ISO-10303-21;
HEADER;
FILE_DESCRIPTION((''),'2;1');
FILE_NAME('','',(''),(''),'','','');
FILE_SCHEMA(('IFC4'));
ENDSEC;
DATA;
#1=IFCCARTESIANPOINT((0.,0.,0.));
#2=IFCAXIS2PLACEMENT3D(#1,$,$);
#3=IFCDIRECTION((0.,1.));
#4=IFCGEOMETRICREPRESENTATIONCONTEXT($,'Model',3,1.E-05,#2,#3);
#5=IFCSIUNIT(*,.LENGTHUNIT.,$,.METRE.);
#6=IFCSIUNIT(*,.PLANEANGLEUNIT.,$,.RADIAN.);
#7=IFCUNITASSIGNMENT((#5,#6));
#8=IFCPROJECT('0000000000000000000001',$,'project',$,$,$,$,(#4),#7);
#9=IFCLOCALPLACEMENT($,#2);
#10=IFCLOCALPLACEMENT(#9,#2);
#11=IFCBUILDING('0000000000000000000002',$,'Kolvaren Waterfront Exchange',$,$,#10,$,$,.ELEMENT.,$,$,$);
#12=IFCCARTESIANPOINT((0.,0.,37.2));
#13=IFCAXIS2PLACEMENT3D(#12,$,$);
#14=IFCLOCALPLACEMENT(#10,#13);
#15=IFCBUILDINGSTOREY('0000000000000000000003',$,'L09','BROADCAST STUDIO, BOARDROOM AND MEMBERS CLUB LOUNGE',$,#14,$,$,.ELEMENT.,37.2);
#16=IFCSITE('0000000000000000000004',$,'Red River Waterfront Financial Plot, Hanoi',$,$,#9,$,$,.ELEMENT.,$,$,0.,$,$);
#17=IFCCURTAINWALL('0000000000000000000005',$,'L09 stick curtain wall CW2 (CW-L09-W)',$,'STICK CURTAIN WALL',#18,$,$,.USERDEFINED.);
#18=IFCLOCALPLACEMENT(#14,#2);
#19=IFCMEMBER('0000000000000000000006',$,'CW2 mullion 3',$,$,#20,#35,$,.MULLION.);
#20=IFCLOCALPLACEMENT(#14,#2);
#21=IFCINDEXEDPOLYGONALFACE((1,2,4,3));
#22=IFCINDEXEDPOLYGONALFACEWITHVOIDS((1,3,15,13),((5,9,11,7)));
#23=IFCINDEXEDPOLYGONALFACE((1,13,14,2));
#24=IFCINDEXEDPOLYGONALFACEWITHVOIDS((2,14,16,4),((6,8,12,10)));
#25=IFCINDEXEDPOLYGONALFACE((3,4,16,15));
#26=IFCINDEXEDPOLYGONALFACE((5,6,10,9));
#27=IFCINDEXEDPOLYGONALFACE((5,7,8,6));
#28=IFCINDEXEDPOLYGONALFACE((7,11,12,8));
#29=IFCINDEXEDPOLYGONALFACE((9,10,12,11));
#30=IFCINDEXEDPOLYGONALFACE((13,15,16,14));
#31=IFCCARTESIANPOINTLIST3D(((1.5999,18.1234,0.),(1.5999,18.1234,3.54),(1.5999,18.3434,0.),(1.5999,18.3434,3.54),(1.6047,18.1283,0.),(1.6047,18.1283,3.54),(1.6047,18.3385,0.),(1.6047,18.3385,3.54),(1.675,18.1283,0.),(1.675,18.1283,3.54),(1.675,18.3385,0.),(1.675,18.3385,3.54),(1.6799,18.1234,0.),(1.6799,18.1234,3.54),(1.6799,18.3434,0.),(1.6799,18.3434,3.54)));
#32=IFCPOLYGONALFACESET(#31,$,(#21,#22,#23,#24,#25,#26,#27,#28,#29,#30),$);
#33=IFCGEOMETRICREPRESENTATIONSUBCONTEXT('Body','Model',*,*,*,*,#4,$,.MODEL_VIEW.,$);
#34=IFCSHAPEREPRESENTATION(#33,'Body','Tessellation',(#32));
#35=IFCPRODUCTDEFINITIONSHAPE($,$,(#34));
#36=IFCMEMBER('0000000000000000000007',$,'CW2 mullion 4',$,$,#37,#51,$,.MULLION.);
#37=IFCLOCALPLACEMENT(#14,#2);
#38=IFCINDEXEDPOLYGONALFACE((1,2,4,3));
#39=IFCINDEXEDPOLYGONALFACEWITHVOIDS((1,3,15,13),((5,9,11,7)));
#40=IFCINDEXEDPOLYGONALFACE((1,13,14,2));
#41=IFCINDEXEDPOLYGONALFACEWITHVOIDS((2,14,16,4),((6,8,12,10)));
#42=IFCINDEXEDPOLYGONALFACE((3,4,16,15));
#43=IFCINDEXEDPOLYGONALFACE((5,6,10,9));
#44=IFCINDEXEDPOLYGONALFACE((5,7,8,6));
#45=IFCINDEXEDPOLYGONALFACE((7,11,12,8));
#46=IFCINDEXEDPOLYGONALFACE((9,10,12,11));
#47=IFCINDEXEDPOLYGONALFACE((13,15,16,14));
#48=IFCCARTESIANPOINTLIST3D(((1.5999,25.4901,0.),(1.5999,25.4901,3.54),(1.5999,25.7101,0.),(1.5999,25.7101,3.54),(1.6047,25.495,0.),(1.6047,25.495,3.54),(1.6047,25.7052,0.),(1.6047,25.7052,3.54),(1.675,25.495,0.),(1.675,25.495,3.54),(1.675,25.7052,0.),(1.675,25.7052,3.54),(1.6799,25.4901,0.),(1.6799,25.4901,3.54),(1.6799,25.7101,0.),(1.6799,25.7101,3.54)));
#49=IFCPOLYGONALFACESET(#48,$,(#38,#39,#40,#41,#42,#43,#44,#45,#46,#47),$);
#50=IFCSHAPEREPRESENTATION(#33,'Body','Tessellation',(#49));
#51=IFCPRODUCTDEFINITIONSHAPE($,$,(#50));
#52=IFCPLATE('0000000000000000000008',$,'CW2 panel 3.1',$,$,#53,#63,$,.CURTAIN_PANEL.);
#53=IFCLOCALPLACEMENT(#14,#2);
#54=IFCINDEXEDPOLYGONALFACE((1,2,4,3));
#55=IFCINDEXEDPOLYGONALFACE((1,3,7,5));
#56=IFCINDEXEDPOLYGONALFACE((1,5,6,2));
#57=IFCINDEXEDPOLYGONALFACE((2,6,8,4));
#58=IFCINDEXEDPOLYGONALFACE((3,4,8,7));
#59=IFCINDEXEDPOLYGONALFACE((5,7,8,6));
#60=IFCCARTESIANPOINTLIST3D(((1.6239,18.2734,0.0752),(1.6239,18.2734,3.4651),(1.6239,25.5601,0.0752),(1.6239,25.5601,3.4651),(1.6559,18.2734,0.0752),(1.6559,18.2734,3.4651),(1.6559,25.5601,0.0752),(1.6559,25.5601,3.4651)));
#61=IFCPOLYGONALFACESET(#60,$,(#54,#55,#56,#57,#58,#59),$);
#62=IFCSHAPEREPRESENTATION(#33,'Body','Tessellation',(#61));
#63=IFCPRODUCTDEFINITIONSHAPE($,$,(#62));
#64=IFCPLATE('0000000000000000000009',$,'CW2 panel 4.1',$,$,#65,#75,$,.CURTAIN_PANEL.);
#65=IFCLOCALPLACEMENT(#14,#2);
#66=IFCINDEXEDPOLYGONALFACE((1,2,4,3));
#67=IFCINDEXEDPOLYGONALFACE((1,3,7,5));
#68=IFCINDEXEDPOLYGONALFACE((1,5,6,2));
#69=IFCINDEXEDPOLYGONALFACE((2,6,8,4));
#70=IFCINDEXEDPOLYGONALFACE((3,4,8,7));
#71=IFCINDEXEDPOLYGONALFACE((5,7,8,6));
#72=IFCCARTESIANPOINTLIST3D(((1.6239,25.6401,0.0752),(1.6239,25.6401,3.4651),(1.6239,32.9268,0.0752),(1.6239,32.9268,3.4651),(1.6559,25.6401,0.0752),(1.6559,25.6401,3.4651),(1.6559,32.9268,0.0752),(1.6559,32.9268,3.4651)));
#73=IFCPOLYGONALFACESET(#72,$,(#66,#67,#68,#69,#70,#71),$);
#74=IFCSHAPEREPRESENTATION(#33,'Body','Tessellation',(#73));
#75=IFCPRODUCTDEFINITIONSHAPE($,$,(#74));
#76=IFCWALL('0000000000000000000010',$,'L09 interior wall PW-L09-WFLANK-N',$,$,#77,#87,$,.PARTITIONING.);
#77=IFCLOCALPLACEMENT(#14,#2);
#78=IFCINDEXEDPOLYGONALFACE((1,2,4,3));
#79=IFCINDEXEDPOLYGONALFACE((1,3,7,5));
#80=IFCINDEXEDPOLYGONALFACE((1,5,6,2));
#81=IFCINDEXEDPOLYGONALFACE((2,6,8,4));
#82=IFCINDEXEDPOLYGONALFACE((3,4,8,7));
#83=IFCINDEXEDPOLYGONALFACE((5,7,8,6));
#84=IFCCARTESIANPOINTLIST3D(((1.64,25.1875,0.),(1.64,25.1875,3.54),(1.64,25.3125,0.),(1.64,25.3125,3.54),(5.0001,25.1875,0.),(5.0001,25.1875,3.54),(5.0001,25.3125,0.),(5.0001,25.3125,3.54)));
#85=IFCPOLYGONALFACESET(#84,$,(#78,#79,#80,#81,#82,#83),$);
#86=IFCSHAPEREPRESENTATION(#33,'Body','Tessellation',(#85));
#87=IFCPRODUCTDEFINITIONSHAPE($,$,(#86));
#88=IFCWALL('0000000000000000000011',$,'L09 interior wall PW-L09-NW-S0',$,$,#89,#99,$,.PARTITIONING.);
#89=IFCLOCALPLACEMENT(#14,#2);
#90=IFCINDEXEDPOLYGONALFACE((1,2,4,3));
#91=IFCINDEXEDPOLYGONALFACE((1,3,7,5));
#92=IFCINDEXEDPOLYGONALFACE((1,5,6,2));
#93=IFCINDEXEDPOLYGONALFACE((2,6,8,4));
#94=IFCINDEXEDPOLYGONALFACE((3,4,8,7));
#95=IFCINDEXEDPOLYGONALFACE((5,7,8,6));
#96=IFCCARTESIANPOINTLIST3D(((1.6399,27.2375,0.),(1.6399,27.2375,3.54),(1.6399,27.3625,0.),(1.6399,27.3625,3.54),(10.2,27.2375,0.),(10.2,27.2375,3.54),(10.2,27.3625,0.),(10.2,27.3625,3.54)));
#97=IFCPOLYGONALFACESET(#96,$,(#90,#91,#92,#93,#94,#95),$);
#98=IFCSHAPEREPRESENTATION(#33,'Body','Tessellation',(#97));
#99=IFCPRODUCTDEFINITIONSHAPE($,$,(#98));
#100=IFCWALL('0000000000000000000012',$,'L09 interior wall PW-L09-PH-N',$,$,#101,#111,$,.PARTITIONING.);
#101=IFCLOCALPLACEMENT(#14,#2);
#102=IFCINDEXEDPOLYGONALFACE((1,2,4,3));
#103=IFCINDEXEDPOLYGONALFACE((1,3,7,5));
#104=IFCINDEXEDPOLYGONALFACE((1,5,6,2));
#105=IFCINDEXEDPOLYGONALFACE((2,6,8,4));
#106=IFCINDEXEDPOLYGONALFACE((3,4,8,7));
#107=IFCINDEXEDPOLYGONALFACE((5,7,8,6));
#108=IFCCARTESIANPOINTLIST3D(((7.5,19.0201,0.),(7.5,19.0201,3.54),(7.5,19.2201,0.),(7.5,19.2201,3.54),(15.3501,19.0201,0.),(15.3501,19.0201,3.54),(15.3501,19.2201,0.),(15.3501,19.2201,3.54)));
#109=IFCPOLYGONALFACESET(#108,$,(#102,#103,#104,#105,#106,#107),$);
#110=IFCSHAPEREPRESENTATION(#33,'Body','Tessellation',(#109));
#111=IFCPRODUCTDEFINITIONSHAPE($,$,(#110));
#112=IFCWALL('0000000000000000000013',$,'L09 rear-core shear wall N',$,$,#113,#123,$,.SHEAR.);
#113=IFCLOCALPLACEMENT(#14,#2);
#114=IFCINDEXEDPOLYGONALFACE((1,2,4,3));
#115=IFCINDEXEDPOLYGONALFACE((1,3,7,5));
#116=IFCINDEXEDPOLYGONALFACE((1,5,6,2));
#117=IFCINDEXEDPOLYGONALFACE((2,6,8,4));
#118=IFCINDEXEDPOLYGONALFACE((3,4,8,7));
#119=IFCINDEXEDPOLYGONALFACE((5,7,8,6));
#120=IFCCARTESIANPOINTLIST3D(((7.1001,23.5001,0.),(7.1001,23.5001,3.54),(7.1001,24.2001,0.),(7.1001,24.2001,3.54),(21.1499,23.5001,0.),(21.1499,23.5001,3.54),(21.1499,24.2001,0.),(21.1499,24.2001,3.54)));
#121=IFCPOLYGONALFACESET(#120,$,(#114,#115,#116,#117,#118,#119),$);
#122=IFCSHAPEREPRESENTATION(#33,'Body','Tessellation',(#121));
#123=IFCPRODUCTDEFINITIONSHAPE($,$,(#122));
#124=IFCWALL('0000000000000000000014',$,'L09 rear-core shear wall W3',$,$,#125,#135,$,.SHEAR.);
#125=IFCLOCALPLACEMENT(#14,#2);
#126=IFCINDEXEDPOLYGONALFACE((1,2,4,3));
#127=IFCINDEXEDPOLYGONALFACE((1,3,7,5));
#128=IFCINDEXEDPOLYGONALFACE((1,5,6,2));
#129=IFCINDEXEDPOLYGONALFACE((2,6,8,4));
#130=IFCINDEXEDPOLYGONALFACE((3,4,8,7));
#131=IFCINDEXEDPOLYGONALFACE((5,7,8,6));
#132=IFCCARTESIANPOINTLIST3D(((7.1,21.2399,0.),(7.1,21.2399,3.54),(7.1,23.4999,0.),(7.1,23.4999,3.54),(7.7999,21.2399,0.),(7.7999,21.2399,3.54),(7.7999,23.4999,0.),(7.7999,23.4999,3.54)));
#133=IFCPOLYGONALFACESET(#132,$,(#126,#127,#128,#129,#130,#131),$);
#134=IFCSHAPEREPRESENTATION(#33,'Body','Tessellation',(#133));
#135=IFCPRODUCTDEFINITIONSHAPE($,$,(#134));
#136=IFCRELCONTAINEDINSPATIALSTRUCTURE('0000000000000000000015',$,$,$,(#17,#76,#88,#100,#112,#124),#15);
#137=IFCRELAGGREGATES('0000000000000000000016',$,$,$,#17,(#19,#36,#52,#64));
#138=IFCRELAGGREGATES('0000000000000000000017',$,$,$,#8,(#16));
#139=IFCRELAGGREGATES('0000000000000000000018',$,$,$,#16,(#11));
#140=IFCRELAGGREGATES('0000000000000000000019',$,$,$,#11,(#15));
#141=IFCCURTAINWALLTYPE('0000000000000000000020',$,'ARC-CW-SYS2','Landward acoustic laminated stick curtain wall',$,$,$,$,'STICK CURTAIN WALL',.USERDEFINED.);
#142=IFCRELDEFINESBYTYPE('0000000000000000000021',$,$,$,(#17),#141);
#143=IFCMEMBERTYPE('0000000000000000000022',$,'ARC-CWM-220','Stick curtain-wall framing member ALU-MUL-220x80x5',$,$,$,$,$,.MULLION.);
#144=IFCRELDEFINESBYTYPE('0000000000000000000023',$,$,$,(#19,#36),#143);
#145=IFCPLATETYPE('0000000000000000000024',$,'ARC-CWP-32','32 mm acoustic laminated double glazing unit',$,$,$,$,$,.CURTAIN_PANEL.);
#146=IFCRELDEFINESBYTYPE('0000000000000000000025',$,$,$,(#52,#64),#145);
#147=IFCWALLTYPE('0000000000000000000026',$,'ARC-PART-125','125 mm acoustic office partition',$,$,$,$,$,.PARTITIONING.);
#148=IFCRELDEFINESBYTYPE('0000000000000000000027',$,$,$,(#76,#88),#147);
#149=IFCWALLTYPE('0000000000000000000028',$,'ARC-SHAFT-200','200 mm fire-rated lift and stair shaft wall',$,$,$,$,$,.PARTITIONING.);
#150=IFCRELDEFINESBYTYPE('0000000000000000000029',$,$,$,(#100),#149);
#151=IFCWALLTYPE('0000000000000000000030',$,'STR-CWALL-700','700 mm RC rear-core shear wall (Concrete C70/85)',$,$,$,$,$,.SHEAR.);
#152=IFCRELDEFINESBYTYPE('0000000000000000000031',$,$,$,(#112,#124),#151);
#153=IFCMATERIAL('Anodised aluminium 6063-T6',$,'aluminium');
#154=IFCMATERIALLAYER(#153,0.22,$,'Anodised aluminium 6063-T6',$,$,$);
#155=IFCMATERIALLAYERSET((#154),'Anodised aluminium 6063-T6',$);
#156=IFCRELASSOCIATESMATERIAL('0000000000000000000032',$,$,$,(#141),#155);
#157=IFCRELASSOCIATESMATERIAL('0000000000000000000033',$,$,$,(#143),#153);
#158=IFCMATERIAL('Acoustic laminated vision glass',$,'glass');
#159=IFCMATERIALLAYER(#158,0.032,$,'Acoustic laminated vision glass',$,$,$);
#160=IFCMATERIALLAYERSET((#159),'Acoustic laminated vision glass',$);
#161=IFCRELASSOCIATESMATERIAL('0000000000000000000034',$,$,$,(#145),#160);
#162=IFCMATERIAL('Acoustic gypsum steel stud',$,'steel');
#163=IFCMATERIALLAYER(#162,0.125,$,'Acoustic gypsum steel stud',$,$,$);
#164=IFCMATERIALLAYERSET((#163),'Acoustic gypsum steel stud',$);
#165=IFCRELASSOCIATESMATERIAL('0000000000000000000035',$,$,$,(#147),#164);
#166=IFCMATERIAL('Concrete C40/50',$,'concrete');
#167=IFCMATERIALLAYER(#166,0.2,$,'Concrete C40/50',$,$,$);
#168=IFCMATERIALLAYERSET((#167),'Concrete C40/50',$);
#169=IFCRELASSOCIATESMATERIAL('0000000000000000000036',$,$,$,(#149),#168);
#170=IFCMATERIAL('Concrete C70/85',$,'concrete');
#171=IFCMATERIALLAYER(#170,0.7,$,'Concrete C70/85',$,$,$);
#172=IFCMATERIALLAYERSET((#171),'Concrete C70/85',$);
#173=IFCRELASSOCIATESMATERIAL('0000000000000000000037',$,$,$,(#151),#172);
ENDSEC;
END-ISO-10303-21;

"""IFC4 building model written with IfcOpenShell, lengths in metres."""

from ifc_helpers import new_model, si_unit, direction, frame, frame_2d, origin, origin_with_axes, origin_2d, place, context, subcontext, project, spatial, rectangle, hollow_rectangle, extrude, source, transform, mapped, material, layer, layer_set, material_profile, profile_set, type_object, element, aggregate, save


model = new_model("IFC4")

# Units and contexts
model_context = context("Model", 3, precision=1e-05, world=origin(), true_north=direction((0.0, 1.0)))
body_context = subcontext(model_context, "Body", "Model", "MODEL_VIEW")
ifc_project = project(units=[si_unit("LENGTHUNIT", "METRE"), si_unit("PLANEANGLEUNIT", "RADIAN")], contexts=[model_context])

# Site, building, storey
site_placement = place(None, origin())
site = spatial("IfcSite", under=ifc_project, at=site_placement, Name="Red River Waterfront Financial Plot, Hanoi", CompositionType="ELEMENT", RefElevation=0.0)
building_placement = place(site_placement, origin())
building = spatial("IfcBuilding", under=site, at=building_placement, Name="Kolvaren Waterfront Exchange", CompositionType="ELEMENT")
storey_placement = place(building_placement, frame((0.0, 0.0, 37.2)))
storey = spatial("IfcBuildingStorey", under=building, at=storey_placement, Name="L09", Description="BROADCAST STUDIO, BOARDROOM AND MEMBERS CLUB LOUNGE", CompositionType="ELEMENT", Elevation=37.2)

# Shared definitions
ifc_material_1 = material(Name="Concrete C70/85", Category="concrete")

# Curtain wall, members, plates
ifc_material_2 = material(Name="Anodised aluminium 6063-T6", Category="aluminium")
ifc_layer_1 = layer(ifc_material_2, 0.22, Name="Anodised aluminium 6063-T6")
ifc_layer_set_1 = layer_set([ifc_layer_1], Name="Anodised aluminium 6063-T6")
curtain_wall_type = type_object("IfcCurtainWallType", Name="ARC-CW-SYS2", Description="Landward acoustic laminated stick curtain wall", ElementType="STICK CURTAIN WALL", PredefinedType="USERDEFINED", material=ifc_layer_set_1)
curtain_wall_placement = place(storey_placement, origin())
curtain_wall = element("IfcCurtainWall", 1, at=curtain_wall_placement, inside=storey, type_object=curtain_wall_type, Name="L09 stick curtain wall CW2 (CW-L09-W)", ObjectType="STICK CURTAIN WALL", PredefinedType="USERDEFINED")
ifc_material_profile_1 = material_profile(ifc_material_2, hollow_rectangle(XDim=0.0801, YDim=0.22, WallThickness=0.0049, at=origin_2d()), Name="ALU-MUL-220x80x5")
ifc_profile_set_1 = profile_set([ifc_material_profile_1], Name="Anodised aluminium 6063-T6")
member_type_1 = type_object("IfcMemberType", Name="ARC-CWM-220", Description="Stick curtain-wall framing member ALU-MUL-220x80x5", PredefinedType="MULLION", material=ifc_profile_set_1)
shared_shape_1 = source(origin_with_axes(), body_context, "Body", "SweptSolid", [
    extrude(hollow_rectangle(XDim=0.0801, YDim=0.22, WallThickness=0.0049, at=origin_2d()), origin(), (0.0, 0.0, 1.0), 3.54),
])
member_1_placement = place(storey_placement, frame((1.6399, 18.2334, 0.0), z_axis=(0.0, 0.0, 1.0), x_axis=(-1.0, 0.0, 0.0)))
member_1 = element("IfcMember", 2, at=member_1_placement, type_object=member_type_1, Name="CW2 mullion 3", PredefinedType="MULLION", context=body_context, shape_type="MappedRepresentation", body=[
    mapped(shared_shape_1, transform((0.0, 0.0, 0.0), x_axis=(1.0, 0.0, 0.0), y_axis=(0.0, 1.0, 0.0), z_axis=(0.0, 0.0, 1.0), scale=1.0)),
])
member_2_placement = place(storey_placement, frame((1.6399, 25.6001, 0.0), z_axis=(0.0, 0.0, 1.0), x_axis=(-1.0, 0.0, 0.0)))
member_2 = element("IfcMember", 3, at=member_2_placement, type_object=member_type_1, Name="CW2 mullion 4", PredefinedType="MULLION", context=body_context, shape_type="MappedRepresentation", body=[
    mapped(shared_shape_1, transform((0.0, 0.0, 0.0), x_axis=(1.0, 0.0, 0.0), y_axis=(0.0, 1.0, 0.0), z_axis=(0.0, 0.0, 1.0), scale=1.0)),
])
ifc_material_3 = material(Name="Acoustic laminated vision glass", Category="glass")
ifc_layer_2 = layer(ifc_material_3, 0.032, Name="Acoustic laminated vision glass")
ifc_layer_set_2 = layer_set([ifc_layer_2], Name="Acoustic laminated vision glass")
plate_type = type_object("IfcPlateType", Name="ARC-CWP-32", Description="32 mm acoustic laminated double glazing unit", PredefinedType="CURTAIN_PANEL", material=ifc_layer_set_2)
shared_shape_2 = source(origin_with_axes(), body_context, "Body", "SweptSolid", [
    extrude(rectangle(XDim=7.2866, YDim=0.032, at=origin_2d()), origin(), (0.0, 0.0, 1.0), 3.3899),
])
plate_1_placement = place(storey_placement, frame((1.6399, 21.9167, 0.0752), z_axis=(0.0, 0.0, 1.0), x_axis=(0.0, 1.0, 0.0)))
plate_1 = element("IfcPlate", 4, at=plate_1_placement, type_object=plate_type, Name="CW2 panel 3.1", PredefinedType="CURTAIN_PANEL", context=body_context, shape_type="MappedRepresentation", body=[
    mapped(shared_shape_2, transform((0.0, 0.0, 0.0), x_axis=(1.0, 0.0, 0.0), y_axis=(0.0, 1.0, 0.0), z_axis=(0.0, 0.0, 1.0), scale=1.0)),
])
plate_2_placement = place(storey_placement, frame((1.6399, 29.2834, 0.0752), z_axis=(0.0, 0.0, 1.0), x_axis=(0.0, 1.0, 0.0)))
plate_2 = element("IfcPlate", 5, at=plate_2_placement, type_object=plate_type, Name="CW2 panel 4.1", PredefinedType="CURTAIN_PANEL", context=body_context, shape_type="MappedRepresentation", body=[
    mapped(shared_shape_2, transform((0.0, 0.0, 0.0), x_axis=(1.0, 0.0, 0.0), y_axis=(0.0, 1.0, 0.0), z_axis=(0.0, 0.0, 1.0), scale=1.0)),
])
aggregate(curtain_wall, [member_1, member_2, plate_1, plate_2])

# Walls
ifc_material_4 = material(Name="Acoustic gypsum steel stud", Category="steel")
ifc_layer_3 = layer(ifc_material_4, 0.125, Name="Acoustic gypsum steel stud")
ifc_layer_set_3 = layer_set([ifc_layer_3], Name="Acoustic gypsum steel stud")
wall_type_1 = type_object("IfcWallType", Name="ARC-PART-125", Description="125 mm acoustic office partition", PredefinedType="PARTITIONING", material=ifc_layer_set_3)
wall_1_placement = place(storey_placement, frame((1.6399, 25.25, 0.0), z_axis=(0.0, 0.0, 1.0), x_axis=(1.0, 0.0, 0.0)))
element("IfcWall", 6, at=wall_1_placement, inside=storey, type_object=wall_type_1, Name="L09 interior wall PW-L09-WFLANK-N", PredefinedType="PARTITIONING", context=body_context, shape_type="SweptSolid", body=[
    extrude(rectangle(XDim=3.3601, YDim=0.125, at=frame_2d((1.6802, 0.0))), origin(), (0.0, 0.0, 1.0), 3.54),
])
wall_2_placement = place(storey_placement, frame((1.6399, 27.3, 0.0), z_axis=(0.0, 0.0, 1.0), x_axis=(1.0, 0.0, 0.0)))
element("IfcWall", 7, at=wall_2_placement, inside=storey, type_object=wall_type_1, Name="L09 interior wall PW-L09-NW-S0", PredefinedType="PARTITIONING", context=body_context, shape_type="SweptSolid", body=[
    extrude(rectangle(XDim=8.5601, YDim=0.125, at=frame_2d((4.28, 0.0))), origin(), (0.0, 0.0, 1.0), 3.54),
])
ifc_material_5 = material(Name="Concrete C40/50", Category="concrete")
ifc_layer_4 = layer(ifc_material_5, 0.2, Name="Concrete C40/50")
ifc_layer_set_4 = layer_set([ifc_layer_4], Name="Concrete C40/50")
wall_type_2 = type_object("IfcWallType", Name="ARC-SHAFT-200", Description="200 mm fire-rated lift and stair shaft wall", PredefinedType="PARTITIONING", material=ifc_layer_set_4)
wall_3_placement = place(storey_placement, frame((7.5, 19.1201, 0.0), z_axis=(0.0, 0.0, 1.0), x_axis=(1.0, 0.0, 0.0)))
element("IfcWall", 8, at=wall_3_placement, inside=storey, type_object=wall_type_2, Name="L09 interior wall PW-L09-PH-N", PredefinedType="PARTITIONING", context=body_context, shape_type="SweptSolid", body=[
    extrude(rectangle(XDim=7.8501, YDim=0.2, at=frame_2d((3.925, 0.0))), origin(), (0.0, 0.0, 1.0), 3.54),
])
ifc_layer_5 = layer(ifc_material_1, 0.7, Name="Concrete C70/85")
ifc_layer_set_5 = layer_set([ifc_layer_5], Name="Concrete C70/85")
wall_type_3 = type_object("IfcWallType", Name="STR-CWALL-700", Description="700 mm RC rear-core shear wall (Concrete C70/85)", PredefinedType="SHEAR", material=ifc_layer_set_5)
wall_4_placement = place(storey_placement, frame((7.1001, 23.8501, 0.0), z_axis=(0.0, 0.0, 1.0), x_axis=(1.0, 0.0, 0.0)))
element("IfcWall", 9, at=wall_4_placement, inside=storey, type_object=wall_type_3, Name="L09 rear-core shear wall N", PredefinedType="SHEAR", context=body_context, shape_type="SweptSolid", body=[
    extrude(rectangle(XDim=14.0498, YDim=0.7, at=frame_2d((7.0249, 0.0))), origin(), (0.0, 0.0, 1.0), 3.54),
])
wall_5_placement = place(storey_placement, frame((7.45, 21.24, 0.0), z_axis=(0.0, 0.0, 1.0), x_axis=(0.0, 1.0, 0.0)))
element("IfcWall", 10, at=wall_5_placement, inside=storey, type_object=wall_type_3, Name="L09 rear-core shear wall W3", PredefinedType="SHEAR", context=body_context, shape_type="SweptSolid", body=[
    extrude(rectangle(XDim=2.26, YDim=0.7, at=frame_2d((1.1299, 0.0))), origin(), (0.0, 0.0, 1.0), 3.54),
])

save(model, "model.ifc")
